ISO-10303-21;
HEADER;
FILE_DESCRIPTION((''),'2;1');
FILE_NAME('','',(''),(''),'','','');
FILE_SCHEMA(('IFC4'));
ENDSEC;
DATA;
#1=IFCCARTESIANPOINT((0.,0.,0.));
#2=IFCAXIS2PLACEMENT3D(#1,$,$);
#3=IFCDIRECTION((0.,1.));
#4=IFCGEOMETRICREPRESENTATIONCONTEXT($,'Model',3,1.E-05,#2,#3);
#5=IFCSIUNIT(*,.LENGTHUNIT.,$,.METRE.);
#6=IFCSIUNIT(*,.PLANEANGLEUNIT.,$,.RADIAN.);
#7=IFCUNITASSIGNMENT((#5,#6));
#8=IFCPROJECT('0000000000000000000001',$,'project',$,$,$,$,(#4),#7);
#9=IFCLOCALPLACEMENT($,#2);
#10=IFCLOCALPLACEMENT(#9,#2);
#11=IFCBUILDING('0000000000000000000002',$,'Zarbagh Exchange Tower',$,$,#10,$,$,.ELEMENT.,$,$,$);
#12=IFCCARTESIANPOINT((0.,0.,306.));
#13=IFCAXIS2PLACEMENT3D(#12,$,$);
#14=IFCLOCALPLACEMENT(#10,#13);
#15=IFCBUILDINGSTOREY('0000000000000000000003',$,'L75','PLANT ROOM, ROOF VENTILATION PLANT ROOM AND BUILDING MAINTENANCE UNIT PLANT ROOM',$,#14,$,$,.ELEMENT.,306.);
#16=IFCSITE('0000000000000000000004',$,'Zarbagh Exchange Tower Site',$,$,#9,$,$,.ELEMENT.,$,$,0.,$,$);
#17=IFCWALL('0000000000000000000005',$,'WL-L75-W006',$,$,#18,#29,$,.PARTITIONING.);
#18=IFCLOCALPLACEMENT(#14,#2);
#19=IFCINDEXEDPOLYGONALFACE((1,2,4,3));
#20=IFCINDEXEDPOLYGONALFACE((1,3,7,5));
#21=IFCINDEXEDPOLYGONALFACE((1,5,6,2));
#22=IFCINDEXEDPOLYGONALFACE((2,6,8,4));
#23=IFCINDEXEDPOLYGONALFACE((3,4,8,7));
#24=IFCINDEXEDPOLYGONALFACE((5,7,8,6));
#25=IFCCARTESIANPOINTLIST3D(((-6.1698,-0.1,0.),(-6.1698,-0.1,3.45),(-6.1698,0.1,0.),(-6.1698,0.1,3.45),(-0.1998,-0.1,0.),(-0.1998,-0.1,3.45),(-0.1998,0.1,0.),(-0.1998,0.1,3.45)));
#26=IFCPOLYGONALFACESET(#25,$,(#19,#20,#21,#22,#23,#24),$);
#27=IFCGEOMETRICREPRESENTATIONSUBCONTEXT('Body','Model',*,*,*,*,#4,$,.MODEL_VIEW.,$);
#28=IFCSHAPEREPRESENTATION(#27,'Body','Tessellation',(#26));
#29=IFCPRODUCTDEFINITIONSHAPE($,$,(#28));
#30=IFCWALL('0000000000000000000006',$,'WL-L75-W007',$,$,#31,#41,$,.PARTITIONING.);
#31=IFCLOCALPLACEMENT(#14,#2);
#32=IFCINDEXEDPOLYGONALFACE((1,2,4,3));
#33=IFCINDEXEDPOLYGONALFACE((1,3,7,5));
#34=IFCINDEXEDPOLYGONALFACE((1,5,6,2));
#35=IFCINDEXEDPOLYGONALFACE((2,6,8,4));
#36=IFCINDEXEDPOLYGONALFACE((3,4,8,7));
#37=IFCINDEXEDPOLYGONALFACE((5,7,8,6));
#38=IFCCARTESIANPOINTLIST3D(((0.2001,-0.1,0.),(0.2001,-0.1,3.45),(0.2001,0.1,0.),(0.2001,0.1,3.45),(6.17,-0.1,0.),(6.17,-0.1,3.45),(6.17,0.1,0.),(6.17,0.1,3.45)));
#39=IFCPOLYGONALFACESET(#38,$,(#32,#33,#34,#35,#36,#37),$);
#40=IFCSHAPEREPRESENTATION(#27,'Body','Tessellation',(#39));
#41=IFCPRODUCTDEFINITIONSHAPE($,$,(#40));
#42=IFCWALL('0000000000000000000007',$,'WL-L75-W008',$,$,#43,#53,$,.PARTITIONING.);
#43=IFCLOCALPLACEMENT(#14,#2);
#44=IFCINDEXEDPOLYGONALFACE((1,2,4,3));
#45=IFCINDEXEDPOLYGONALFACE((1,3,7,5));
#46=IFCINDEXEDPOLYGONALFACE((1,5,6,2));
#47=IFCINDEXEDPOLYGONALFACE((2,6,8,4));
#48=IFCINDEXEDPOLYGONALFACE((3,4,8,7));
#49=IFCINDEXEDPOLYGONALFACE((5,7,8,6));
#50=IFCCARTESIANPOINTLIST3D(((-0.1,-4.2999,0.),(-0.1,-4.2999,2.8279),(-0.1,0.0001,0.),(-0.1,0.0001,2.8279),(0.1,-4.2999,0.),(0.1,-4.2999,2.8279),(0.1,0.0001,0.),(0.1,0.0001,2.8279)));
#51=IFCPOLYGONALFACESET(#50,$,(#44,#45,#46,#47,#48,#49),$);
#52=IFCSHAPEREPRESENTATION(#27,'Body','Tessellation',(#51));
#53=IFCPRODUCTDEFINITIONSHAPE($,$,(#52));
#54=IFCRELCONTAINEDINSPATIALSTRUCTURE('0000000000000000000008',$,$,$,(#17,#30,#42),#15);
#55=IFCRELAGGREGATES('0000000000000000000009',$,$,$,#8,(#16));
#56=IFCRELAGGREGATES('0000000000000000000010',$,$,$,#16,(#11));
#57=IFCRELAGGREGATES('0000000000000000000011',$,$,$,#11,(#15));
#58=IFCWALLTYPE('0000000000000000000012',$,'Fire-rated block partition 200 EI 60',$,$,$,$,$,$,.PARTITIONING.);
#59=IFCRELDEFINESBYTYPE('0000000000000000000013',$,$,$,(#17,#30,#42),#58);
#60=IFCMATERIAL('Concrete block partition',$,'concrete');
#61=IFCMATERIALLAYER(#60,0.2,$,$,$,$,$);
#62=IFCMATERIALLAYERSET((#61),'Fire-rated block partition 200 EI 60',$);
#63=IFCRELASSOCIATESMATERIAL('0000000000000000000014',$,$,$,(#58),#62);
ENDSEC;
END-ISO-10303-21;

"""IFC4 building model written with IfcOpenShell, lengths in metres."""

from ifc_helpers import new_model, si_unit, direction, frame, frame_2d, origin, place, context, subcontext, project, spatial, rectangle, extrude, material, layer, layer_set, type_object, element, save


model = new_model("IFC4")

# Units and contexts
model_context = context("Model", 3, precision=1e-05, world=origin(), true_north=direction((0.0, 1.0)))
body_context = subcontext(model_context, "Body", "Model", "MODEL_VIEW")
ifc_project = project(units=[si_unit("LENGTHUNIT", "METRE"), si_unit("PLANEANGLEUNIT", "RADIAN")], contexts=[model_context])

# Site, building, storey
site_placement = place(None, origin())
site = spatial("IfcSite", under=ifc_project, at=site_placement, Name="Zarbagh Exchange Tower Site", CompositionType="ELEMENT", RefElevation=0.0)
building_placement = place(site_placement, origin())
building = spatial("IfcBuilding", under=site, at=building_placement, Name="Zarbagh Exchange Tower", CompositionType="ELEMENT")
storey_placement = place(building_placement, frame((0.0, 0.0, 306.0)))
storey = spatial("IfcBuildingStorey", under=building, at=storey_placement, Name="L75", Description="PLANT ROOM, ROOF VENTILATION PLANT ROOM AND BUILDING MAINTENANCE UNIT PLANT ROOM", CompositionType="ELEMENT", Elevation=306.0)

# Shared definitions
ifc_material_1 = material(Name="Concrete block partition", Category="concrete")
ifc_layer_1 = layer(ifc_material_1, 0.2)
ifc_layer_set_1 = layer_set([ifc_layer_1], Name="Fire-rated block partition 200 EI 60")
wall_type = type_object("IfcWallType", Name="Fire-rated block partition 200 EI 60", PredefinedType="PARTITIONING", material=ifc_layer_set_1)

# Walls
for number, where, z_axis, x_axis, name in (
    (1, (-0.2, 0.0, 0.0), (0.0, 0.0, 1.0), (-1.0, 0.0, 0.0), "WL-L75-W006"),
    (2, (6.1699, 0.0, 0.0), (0.0, 0.0, 1.0), (-1.0, 0.0, 0.0), "WL-L75-W007"),
):
    element("IfcWall", number, at=place(storey_placement, frame(where, z_axis=z_axis, x_axis=x_axis)), inside=storey, type_object=wall_type, Name=name, PredefinedType="PARTITIONING", context=body_context, shape_type="SweptSolid", body=[
        extrude(rectangle(XDim=5.97, YDim=0.2, at=frame_2d((2.9849, 0.0))), origin(), (0.0, 0.0, 1.0), 3.45),
    ])
wall_1_placement = place(storey_placement, frame((0.0, 0.0, 0.0), z_axis=(0.0, 0.0, 1.0), x_axis=(0.0, -1.0, 0.0)))
element("IfcWall", 3, at=wall_1_placement, inside=storey, type_object=wall_type, Name="WL-L75-W008", PredefinedType="PARTITIONING", context=body_context, shape_type="SweptSolid", body=[
    extrude(rectangle(XDim=4.3, YDim=0.2, at=frame_2d((2.1499, 0.0))), origin(), (0.0, 0.0, 1.0), 2.8279),
])

save(model, "model.ifc")
